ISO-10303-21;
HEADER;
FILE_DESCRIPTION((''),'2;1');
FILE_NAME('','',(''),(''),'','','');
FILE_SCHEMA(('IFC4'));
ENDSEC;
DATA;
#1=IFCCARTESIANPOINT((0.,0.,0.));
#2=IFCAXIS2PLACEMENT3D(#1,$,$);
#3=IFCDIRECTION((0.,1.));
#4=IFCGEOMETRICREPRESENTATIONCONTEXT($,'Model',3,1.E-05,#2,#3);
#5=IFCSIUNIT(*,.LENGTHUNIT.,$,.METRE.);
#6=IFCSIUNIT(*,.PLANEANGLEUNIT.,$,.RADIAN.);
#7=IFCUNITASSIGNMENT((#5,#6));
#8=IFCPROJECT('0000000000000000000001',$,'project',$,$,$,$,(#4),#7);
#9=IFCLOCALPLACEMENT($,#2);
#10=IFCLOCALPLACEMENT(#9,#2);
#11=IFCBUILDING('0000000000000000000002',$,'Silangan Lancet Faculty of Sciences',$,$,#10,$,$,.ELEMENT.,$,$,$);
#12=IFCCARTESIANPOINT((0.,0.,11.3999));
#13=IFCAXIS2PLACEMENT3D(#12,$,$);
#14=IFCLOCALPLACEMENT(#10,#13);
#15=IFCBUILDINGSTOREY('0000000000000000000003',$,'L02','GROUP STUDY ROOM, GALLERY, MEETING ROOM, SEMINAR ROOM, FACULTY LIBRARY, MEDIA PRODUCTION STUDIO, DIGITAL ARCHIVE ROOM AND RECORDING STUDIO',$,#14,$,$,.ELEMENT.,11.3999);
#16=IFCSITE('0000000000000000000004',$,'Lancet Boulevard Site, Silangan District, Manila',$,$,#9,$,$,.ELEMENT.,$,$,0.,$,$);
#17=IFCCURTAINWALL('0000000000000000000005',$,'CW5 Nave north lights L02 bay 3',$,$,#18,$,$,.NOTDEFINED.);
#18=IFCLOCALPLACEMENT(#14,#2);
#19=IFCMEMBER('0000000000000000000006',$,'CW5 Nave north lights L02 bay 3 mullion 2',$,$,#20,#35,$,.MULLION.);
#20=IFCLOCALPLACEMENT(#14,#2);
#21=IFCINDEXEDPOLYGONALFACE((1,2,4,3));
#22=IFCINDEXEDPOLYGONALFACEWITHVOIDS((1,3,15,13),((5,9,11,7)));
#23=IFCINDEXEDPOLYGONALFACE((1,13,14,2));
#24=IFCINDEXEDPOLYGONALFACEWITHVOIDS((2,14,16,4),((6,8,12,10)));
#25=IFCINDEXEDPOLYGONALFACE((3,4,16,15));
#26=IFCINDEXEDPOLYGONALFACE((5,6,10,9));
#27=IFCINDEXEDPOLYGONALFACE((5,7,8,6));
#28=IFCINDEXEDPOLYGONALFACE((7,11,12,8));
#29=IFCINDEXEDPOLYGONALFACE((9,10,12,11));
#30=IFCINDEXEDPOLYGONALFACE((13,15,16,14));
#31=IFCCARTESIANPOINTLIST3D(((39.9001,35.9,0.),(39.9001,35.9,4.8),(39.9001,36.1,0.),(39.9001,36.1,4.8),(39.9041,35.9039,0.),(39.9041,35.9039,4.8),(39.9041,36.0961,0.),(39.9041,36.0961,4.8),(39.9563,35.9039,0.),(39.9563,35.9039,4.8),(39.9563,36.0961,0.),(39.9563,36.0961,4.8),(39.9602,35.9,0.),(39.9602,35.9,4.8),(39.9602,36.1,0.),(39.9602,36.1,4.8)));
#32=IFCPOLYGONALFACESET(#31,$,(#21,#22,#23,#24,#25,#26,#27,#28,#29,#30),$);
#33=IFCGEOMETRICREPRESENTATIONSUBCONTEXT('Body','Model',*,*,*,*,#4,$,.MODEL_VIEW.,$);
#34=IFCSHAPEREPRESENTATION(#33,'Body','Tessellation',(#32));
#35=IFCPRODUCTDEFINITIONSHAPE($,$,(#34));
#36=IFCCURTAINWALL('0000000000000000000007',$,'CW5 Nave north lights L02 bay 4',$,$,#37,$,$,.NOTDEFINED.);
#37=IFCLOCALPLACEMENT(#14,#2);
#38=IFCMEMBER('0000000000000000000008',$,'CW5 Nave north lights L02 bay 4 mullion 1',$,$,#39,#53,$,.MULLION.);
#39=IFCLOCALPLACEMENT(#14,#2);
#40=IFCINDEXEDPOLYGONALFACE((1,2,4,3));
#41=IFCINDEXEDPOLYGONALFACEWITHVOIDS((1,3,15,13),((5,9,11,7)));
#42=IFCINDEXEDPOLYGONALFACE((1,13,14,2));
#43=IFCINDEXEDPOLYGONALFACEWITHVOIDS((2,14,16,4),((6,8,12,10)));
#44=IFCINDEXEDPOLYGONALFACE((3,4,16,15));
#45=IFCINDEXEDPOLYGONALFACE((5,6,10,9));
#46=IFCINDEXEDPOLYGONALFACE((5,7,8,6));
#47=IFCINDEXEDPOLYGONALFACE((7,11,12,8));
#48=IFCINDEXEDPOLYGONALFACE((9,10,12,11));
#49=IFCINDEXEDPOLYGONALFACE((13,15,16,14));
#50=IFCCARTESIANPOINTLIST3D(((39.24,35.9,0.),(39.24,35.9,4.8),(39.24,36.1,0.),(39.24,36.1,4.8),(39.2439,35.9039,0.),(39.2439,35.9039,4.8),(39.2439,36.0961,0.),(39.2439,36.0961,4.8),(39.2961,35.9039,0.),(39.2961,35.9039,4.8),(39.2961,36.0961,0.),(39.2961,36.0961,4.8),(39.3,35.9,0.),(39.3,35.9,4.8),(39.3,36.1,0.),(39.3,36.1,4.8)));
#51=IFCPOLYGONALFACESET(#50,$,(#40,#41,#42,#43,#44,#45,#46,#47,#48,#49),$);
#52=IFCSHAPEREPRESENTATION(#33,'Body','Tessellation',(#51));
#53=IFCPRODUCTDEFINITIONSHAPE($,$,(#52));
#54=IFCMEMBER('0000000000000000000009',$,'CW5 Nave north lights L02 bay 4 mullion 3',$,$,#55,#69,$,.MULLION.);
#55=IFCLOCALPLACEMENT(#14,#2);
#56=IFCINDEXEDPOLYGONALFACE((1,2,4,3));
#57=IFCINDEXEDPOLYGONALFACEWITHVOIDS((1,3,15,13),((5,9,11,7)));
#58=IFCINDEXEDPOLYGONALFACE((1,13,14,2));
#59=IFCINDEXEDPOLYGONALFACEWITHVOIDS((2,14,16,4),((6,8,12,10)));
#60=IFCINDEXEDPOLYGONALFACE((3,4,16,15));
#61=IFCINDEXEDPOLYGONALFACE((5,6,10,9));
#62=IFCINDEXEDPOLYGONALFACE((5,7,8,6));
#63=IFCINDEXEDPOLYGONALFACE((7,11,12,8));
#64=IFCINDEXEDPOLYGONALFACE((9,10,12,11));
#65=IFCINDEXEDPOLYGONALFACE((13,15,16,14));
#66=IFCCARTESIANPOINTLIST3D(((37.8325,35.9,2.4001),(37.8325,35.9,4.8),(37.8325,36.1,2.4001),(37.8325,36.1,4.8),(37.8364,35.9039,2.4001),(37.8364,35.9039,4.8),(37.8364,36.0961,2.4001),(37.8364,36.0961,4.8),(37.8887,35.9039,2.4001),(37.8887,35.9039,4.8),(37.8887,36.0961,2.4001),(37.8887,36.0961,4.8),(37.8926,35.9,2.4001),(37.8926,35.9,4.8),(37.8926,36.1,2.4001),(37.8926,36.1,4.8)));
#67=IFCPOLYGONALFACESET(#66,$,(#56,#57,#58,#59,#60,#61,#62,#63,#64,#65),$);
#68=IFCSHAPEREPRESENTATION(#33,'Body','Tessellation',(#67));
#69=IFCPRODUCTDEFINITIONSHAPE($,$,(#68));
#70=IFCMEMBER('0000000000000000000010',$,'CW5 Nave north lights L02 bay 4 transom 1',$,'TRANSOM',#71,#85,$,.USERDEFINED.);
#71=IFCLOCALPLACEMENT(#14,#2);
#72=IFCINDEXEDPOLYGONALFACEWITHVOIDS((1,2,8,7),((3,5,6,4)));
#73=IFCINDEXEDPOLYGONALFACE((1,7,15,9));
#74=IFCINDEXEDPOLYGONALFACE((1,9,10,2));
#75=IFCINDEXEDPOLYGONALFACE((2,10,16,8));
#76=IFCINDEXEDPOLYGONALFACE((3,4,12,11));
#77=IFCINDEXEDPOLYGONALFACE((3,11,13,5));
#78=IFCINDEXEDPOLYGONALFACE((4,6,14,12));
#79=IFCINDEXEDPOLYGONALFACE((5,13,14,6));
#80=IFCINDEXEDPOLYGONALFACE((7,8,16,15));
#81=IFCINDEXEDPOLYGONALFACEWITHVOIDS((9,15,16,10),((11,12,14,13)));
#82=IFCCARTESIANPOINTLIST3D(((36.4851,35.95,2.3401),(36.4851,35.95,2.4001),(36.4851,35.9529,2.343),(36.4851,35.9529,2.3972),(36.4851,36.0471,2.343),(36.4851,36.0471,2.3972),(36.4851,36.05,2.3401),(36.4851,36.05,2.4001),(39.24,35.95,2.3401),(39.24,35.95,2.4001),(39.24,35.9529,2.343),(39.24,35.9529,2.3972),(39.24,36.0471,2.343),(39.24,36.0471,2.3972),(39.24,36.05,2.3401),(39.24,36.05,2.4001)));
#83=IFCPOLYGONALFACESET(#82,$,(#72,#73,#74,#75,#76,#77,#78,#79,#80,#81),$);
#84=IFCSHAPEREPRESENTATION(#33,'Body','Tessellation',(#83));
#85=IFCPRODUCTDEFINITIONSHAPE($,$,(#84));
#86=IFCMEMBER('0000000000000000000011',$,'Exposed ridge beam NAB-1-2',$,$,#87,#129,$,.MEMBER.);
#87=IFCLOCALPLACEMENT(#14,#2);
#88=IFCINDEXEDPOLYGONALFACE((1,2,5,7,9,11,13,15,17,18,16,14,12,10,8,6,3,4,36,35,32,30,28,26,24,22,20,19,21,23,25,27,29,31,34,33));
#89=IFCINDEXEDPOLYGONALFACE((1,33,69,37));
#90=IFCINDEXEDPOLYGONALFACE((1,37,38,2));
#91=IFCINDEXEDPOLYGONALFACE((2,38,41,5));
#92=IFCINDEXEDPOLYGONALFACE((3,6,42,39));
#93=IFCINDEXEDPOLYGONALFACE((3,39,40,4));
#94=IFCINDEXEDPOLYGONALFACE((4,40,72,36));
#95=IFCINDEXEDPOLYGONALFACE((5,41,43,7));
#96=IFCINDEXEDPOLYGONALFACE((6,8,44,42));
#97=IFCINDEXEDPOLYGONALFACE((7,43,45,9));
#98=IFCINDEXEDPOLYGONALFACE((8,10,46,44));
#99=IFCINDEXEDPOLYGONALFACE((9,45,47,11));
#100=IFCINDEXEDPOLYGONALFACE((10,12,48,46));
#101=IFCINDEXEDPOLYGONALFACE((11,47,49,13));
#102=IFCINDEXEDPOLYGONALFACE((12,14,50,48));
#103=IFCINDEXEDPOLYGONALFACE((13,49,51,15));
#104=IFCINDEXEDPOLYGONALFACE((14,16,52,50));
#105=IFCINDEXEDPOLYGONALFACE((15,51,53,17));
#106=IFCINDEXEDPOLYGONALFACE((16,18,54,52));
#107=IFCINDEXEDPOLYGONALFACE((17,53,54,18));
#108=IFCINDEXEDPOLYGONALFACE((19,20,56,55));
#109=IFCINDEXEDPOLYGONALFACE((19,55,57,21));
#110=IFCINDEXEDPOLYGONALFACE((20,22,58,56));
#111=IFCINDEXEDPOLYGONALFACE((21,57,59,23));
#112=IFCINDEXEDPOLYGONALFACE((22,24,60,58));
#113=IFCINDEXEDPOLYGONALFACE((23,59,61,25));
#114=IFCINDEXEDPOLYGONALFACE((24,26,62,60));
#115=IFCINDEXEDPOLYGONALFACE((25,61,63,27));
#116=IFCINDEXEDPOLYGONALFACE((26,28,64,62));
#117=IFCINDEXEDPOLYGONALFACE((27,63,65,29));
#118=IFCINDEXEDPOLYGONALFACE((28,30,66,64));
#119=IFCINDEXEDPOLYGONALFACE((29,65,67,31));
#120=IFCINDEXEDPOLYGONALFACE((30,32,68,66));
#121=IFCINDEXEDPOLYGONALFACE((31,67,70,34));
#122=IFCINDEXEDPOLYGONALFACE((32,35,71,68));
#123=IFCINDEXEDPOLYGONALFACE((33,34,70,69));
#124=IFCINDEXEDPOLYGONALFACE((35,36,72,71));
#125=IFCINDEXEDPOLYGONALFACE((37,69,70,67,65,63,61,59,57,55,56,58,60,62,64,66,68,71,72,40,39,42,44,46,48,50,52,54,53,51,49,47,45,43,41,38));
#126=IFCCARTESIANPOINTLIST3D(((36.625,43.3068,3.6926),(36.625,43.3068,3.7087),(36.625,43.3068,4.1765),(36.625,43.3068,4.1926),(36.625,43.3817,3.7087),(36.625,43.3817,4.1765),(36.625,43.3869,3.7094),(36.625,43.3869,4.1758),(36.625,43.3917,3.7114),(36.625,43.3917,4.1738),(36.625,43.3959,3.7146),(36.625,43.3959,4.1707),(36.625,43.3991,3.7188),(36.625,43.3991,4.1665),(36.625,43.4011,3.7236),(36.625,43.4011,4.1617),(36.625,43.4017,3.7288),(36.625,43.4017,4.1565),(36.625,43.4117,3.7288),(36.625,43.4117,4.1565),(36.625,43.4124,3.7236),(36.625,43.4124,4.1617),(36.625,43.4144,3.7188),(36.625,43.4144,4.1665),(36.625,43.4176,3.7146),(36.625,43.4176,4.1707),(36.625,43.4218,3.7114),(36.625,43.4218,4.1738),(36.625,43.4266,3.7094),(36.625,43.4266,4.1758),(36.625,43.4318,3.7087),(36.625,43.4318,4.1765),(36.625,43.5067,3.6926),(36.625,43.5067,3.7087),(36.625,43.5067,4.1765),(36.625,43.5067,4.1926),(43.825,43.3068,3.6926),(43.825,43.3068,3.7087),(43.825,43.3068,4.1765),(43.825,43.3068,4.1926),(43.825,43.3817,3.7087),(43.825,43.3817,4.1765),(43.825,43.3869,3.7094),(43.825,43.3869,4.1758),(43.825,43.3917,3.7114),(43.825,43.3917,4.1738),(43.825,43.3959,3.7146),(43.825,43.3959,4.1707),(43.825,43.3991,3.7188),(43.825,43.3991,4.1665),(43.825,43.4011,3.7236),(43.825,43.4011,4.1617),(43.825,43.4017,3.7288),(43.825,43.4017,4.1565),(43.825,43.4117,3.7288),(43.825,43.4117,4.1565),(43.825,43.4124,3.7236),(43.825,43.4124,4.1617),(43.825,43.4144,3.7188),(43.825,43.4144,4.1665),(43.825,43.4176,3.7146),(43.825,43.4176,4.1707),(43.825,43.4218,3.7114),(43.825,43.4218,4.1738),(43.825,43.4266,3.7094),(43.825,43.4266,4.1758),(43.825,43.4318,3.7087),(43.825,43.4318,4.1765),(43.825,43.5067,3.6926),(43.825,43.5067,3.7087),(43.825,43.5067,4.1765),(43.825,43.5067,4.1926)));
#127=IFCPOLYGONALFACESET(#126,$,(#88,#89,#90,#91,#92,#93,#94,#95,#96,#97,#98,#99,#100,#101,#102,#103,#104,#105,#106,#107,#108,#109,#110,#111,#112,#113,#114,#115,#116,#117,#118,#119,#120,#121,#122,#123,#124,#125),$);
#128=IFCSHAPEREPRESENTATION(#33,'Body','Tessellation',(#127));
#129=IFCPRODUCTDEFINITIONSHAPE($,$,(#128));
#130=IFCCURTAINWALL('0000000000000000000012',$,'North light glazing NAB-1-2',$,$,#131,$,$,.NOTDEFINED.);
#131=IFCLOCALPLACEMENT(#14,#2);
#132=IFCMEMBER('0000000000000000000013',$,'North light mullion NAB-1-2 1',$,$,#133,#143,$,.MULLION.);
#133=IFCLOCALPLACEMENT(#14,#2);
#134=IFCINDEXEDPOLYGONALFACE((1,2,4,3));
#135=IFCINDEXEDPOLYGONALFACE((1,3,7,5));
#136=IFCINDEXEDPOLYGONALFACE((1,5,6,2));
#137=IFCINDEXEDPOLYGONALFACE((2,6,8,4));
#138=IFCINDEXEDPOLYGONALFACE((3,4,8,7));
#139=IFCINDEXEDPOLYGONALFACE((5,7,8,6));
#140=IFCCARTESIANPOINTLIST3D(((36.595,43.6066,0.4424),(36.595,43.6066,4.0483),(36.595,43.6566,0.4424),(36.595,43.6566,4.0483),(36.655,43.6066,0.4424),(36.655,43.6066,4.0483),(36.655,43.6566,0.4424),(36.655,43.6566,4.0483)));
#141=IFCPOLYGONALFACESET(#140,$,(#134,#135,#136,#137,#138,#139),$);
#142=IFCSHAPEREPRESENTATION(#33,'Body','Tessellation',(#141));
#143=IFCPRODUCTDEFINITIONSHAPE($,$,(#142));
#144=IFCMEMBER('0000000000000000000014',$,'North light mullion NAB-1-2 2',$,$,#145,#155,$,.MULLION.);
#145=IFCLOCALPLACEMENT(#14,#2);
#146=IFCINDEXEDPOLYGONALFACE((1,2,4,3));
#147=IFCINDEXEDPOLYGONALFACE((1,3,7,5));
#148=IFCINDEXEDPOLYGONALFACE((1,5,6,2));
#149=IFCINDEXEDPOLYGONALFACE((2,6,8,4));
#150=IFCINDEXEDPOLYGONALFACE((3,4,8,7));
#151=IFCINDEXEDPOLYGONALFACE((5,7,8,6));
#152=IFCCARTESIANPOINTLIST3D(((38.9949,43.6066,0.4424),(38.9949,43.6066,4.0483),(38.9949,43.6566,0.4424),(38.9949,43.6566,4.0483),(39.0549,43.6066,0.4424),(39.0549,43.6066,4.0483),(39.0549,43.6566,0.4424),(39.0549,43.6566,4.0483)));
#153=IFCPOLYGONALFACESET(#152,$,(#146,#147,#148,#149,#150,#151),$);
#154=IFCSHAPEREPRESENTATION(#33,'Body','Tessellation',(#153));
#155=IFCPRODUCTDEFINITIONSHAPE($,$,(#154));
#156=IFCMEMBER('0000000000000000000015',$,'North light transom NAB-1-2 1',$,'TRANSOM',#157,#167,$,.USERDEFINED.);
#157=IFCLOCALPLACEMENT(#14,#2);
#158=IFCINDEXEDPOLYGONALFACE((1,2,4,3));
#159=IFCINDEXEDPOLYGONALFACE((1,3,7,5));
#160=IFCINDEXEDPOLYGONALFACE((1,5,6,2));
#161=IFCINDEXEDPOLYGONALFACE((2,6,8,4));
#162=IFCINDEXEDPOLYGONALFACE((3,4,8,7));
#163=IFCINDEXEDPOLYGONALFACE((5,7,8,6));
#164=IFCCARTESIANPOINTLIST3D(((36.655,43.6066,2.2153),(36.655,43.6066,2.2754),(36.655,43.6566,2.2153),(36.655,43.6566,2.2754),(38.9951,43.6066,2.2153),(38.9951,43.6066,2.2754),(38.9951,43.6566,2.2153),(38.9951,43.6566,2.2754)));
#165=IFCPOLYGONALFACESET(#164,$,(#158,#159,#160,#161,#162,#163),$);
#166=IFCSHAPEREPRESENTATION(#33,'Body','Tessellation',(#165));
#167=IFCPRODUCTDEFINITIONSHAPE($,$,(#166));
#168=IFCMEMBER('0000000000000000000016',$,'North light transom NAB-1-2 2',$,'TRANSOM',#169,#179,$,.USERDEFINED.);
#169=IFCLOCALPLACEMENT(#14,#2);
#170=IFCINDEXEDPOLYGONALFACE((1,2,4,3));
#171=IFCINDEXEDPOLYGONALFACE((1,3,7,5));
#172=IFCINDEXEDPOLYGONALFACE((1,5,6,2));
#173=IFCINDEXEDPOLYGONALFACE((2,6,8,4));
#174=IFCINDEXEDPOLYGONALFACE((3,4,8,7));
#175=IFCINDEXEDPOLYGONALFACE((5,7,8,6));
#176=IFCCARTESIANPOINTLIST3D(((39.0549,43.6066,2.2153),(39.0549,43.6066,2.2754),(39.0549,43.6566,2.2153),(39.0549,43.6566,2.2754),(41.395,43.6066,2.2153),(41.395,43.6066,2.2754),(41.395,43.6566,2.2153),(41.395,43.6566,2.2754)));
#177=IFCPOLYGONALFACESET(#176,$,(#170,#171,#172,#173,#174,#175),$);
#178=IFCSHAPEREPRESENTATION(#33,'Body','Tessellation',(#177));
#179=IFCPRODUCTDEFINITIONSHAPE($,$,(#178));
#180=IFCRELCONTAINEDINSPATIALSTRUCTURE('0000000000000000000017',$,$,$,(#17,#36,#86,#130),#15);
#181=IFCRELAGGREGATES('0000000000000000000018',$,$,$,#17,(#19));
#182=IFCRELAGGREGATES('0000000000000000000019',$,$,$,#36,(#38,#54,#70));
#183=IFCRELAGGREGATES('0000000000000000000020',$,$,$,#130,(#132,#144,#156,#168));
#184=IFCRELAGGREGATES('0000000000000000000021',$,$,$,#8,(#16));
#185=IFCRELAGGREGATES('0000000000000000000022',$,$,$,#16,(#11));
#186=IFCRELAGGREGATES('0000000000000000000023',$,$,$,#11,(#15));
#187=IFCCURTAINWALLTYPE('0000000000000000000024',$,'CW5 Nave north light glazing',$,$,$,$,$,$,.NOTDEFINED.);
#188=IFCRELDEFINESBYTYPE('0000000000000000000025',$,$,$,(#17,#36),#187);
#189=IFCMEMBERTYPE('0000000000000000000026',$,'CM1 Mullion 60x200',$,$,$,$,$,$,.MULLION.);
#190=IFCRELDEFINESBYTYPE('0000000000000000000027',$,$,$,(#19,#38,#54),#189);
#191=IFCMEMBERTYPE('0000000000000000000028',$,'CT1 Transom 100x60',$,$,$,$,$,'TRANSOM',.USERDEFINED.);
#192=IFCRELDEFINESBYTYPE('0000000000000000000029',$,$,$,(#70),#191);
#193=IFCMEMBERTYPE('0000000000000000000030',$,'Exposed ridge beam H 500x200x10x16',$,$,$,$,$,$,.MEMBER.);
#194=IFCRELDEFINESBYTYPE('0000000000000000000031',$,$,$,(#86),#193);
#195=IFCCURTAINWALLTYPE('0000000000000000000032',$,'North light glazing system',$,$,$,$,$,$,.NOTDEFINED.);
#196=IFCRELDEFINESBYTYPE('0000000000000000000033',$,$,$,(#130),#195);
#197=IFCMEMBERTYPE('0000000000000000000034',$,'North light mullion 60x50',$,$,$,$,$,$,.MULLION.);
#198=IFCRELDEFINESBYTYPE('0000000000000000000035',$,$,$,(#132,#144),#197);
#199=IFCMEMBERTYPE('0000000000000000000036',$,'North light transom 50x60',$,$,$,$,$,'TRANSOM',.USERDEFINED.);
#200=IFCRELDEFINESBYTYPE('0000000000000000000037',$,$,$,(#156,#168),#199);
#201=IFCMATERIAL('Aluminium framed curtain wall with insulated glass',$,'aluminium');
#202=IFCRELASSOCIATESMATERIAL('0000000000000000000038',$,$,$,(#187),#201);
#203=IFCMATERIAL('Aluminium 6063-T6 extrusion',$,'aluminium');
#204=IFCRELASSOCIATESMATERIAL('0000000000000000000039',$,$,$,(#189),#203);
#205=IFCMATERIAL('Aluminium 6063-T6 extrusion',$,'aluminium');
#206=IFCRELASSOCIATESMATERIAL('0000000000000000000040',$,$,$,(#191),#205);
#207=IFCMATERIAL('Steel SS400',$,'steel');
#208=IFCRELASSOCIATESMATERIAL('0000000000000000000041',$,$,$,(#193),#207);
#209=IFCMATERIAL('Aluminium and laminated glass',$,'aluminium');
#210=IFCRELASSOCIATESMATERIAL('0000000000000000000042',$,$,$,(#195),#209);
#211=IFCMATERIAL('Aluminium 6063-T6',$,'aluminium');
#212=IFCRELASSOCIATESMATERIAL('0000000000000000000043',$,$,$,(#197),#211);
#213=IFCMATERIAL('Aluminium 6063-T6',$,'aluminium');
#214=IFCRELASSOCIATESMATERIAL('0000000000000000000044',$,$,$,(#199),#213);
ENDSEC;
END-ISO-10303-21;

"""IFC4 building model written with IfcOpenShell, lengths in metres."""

from ifc_helpers import new_model, si_unit, direction, frame, origin, origin_2d, place, context, subcontext, project, spatial, rectangle, hollow_rectangle, i_section, extrude, material, material_profile, profile_set, type_object, element, aggregate, save


model = new_model("IFC4")

# Units and contexts
model_context = context("Model", 3, precision=1e-05, world=origin(), true_north=direction((0.0, 1.0)))
body_context = subcontext(model_context, "Body", "Model", "MODEL_VIEW")
ifc_project = project(units=[si_unit("LENGTHUNIT", "METRE"), si_unit("PLANEANGLEUNIT", "RADIAN")], contexts=[model_context])

# Site, building, storey
site_placement = place(None, origin())
site = spatial("IfcSite", under=ifc_project, at=site_placement, Name="Lancet Boulevard Site, Silangan District, Manila", CompositionType="ELEMENT", RefElevation=0.0)
building_placement = place(site_placement, origin())
building = spatial("IfcBuilding", under=site, at=building_placement, Name="Silangan Lancet Faculty of Sciences", CompositionType="ELEMENT")
storey_placement = place(building_placement, frame((0.0, 0.0, 11.3999)))
storey = spatial("IfcBuildingStorey", under=building, at=storey_placement, Name="L02", Description="GROUP STUDY ROOM, GALLERY, MEETING ROOM, SEMINAR ROOM, FACULTY LIBRARY, MEDIA PRODUCTION STUDIO, DIGITAL ARCHIVE ROOM AND RECORDING STUDIO", CompositionType="ELEMENT", Elevation=11.3999)

# Curtain wall, member
ifc_material_1 = material(Name="Aluminium framed curtain wall with insulated glass", Category="aluminium")
curtain_wall_type_1 = type_object("IfcCurtainWallType", Name="CW5 Nave north light glazing", PredefinedType="NOTDEFINED", material=ifc_material_1)
curtain_wall_1_placement = place(storey_placement, origin())
curtain_wall_1 = element("IfcCurtainWall", 1, at=curtain_wall_1_placement, inside=storey, type_object=curtain_wall_type_1, Name="CW5 Nave north lights L02 bay 3", PredefinedType="NOTDEFINED")
ifc_material_2 = material(Name="Aluminium 6063-T6 extrusion", Category="aluminium")
ifc_material_profile_1 = material_profile(ifc_material_2, hollow_rectangle(XDim=0.0601, YDim=0.2, WallThickness=0.0039, at=origin_2d()), Name="AL BOX 60x200x4")
ifc_profile_set_1 = profile_set([ifc_material_profile_1], Name="Aluminium 6063-T6 extrusion")
member_type_1 = type_object("IfcMemberType", Name="CM1 Mullion 60x200", PredefinedType="MULLION", material=ifc_profile_set_1)
member_1_placement = place(storey_placement, frame((39.9302, 36.0, 0.0), z_axis=(0.0, 0.0, 1.0), x_axis=(-1.0, 0.0, 0.0)))
member_1 = element("IfcMember", 2, at=member_1_placement, type_object=member_type_1, Name="CW5 Nave north lights L02 bay 3 mullion 2", PredefinedType="MULLION", context=body_context, shape_type="SweptSolid", body=[
    extrude(hollow_rectangle(XDim=0.0601, YDim=0.2, WallThickness=0.0039, at=origin_2d()), origin(), (0.0, 0.0, 1.0), 4.8),
])

# Curtain wall, members
curtain_wall_2_placement = place(storey_placement, origin())
curtain_wall_2 = element("IfcCurtainWall", 3, at=curtain_wall_2_placement, inside=storey, type_object=curtain_wall_type_1, Name="CW5 Nave north lights L02 bay 4", PredefinedType="NOTDEFINED")
member_2_placement = place(storey_placement, frame((39.27, 36.0, 0.0), z_axis=(0.0, 0.0, 1.0), x_axis=(-1.0, 0.0, 0.0)))
member_2 = element("IfcMember", 4, at=member_2_placement, type_object=member_type_1, Name="CW5 Nave north lights L02 bay 4 mullion 1", PredefinedType="MULLION", context=body_context, shape_type="SweptSolid", body=[
    extrude(hollow_rectangle(XDim=0.0601, YDim=0.2, WallThickness=0.0039, at=origin_2d()), origin(), (0.0, 0.0, 1.0), 4.8),
])
member_3_placement = place(storey_placement, frame((37.8625, 36.0, 2.4001), z_axis=(0.0, 0.0, 1.0), x_axis=(-1.0, 0.0, 0.0)))
member_3 = element("IfcMember", 5, at=member_3_placement, type_object=member_type_1, Name="CW5 Nave north lights L02 bay 4 mullion 3", PredefinedType="MULLION", context=body_context, shape_type="SweptSolid", body=[
    extrude(hollow_rectangle(XDim=0.0601, YDim=0.2, WallThickness=0.0039, at=origin_2d()), origin(), (0.0, 0.0, 1.0), 2.3999),
])
ifc_material_3 = material(Name="Aluminium 6063-T6 extrusion", Category="aluminium")
ifc_material_profile_2 = material_profile(ifc_material_3, hollow_rectangle(XDim=0.1001, YDim=0.0601, WallThickness=0.0029, at=origin_2d()), Name="AL BOX 100x60x3")
ifc_profile_set_2 = profile_set([ifc_material_profile_2], Name="Aluminium 6063-T6 extrusion")
member_type_2 = type_object("IfcMemberType", Name="CT1 Transom 100x60", ElementType="TRANSOM", PredefinedType="USERDEFINED", material=ifc_profile_set_2)
member_4_placement = place(storey_placement, frame((39.24, 36.0, 2.3701), z_axis=(-1.0, 0.0, 0.0), x_axis=(0.0, -1.0, 0.0)))
member_4 = element("IfcMember", 6, at=member_4_placement, type_object=member_type_2, Name="CW5 Nave north lights L02 bay 4 transom 1", ObjectType="TRANSOM", PredefinedType="USERDEFINED", context=body_context, shape_type="SweptSolid", body=[
    extrude(hollow_rectangle(XDim=0.1001, YDim=0.0601, WallThickness=0.0029, at=origin_2d()), origin(), (0.0, 0.0, 1.0), 2.7549),
])

# Member
ifc_material_4 = material(Name="Steel SS400", Category="steel")
ifc_material_profile_3 = material_profile(ifc_material_4, i_section(OverallWidth=0.2, OverallDepth=0.5, WebThickness=0.01, FlangeThickness=0.0161, FilletRadius=0.02, at=origin_2d()), Name="H 500x200x10x16")
ifc_profile_set_3 = profile_set([ifc_material_profile_3], Name="Steel SS400")
member_type_3 = type_object("IfcMemberType", Name="Exposed ridge beam H 500x200x10x16", PredefinedType="MEMBER", material=ifc_profile_set_3)
member_5_placement = place(storey_placement, frame((36.625, 43.4067, 3.9426), z_axis=(1.0, 0.0, 0.0), x_axis=(0.0, 1.0, 0.0)))
element("IfcMember", 7, at=member_5_placement, inside=storey, type_object=member_type_3, Name="Exposed ridge beam NAB-1-2", PredefinedType="MEMBER", context=body_context, shape_type="SweptSolid", body=[
    extrude(i_section(OverallWidth=0.2, OverallDepth=0.5, WebThickness=0.01, FlangeThickness=0.0161, FilletRadius=0.02, at=origin_2d()), origin(), (0.0, 0.0, 1.0), 7.2),
])

# Curtain wall, members
ifc_material_5 = material(Name="Aluminium and laminated glass", Category="aluminium")
curtain_wall_type_2 = type_object("IfcCurtainWallType", Name="North light glazing system", PredefinedType="NOTDEFINED", material=ifc_material_5)
curtain_wall_3_placement = place(storey_placement, origin())
curtain_wall_3 = element("IfcCurtainWall", 8, at=curtain_wall_3_placement, inside=storey, type_object=curtain_wall_type_2, Name="North light glazing NAB-1-2", PredefinedType="NOTDEFINED")
ifc_material_6 = material(Name="Aluminium 6063-T6", Category="aluminium")
ifc_material_profile_4 = material_profile(ifc_material_6, rectangle(XDim=0.0601, YDim=0.05, at=origin_2d()), Name="AL 60x50")
ifc_profile_set_4 = profile_set([ifc_material_profile_4], Name="Aluminium 6063-T6")
member_type_4 = type_object("IfcMemberType", Name="North light mullion 60x50", PredefinedType="MULLION", material=ifc_profile_set_4)
member_6_placement = place(storey_placement, frame((36.625, 43.6316, 0.4424), z_axis=(0.0, 0.0, 1.0), x_axis=(1.0, 0.0, 0.0)))
member_6 = element("IfcMember", 9, at=member_6_placement, type_object=member_type_4, Name="North light mullion NAB-1-2 1", PredefinedType="MULLION", context=body_context, shape_type="SweptSolid", body=[
    extrude(rectangle(XDim=0.0601, YDim=0.05, at=origin_2d()), origin(), (0.0, 0.0, 1.0), 3.606),
])
member_7_placement = place(storey_placement, frame((39.0249, 43.6316, 0.4424), z_axis=(0.0, 0.0, 1.0), x_axis=(1.0, 0.0, 0.0)))
member_7 = element("IfcMember", 10, at=member_7_placement, type_object=member_type_4, Name="North light mullion NAB-1-2 2", PredefinedType="MULLION", context=body_context, shape_type="SweptSolid", body=[
    extrude(rectangle(XDim=0.0601, YDim=0.05, at=origin_2d()), origin(), (0.0, 0.0, 1.0), 3.606),
])
ifc_material_7 = material(Name="Aluminium 6063-T6", Category="aluminium")
ifc_material_profile_5 = material_profile(ifc_material_7, rectangle(XDim=0.05, YDim=0.0601, at=origin_2d()), Name="AL 50x60")
ifc_profile_set_5 = profile_set([ifc_material_profile_5], Name="Aluminium 6063-T6")
member_type_5 = type_object("IfcMemberType", Name="North light transom 50x60", ElementType="TRANSOM", PredefinedType="USERDEFINED", material=ifc_profile_set_5)
member_8_placement = place(storey_placement, frame((36.655, 43.6316, 2.2454), z_axis=(1.0, 0.0, 0.0), x_axis=(0.0, 1.0, 0.0)))
member_8 = element("IfcMember", 11, at=member_8_placement, type_object=member_type_5, Name="North light transom NAB-1-2 1", ObjectType="TRANSOM", PredefinedType="USERDEFINED", context=body_context, shape_type="SweptSolid", body=[
    extrude(rectangle(XDim=0.05, YDim=0.0601, at=origin_2d()), origin(), (0.0, 0.0, 1.0), 2.3401),
])
member_9_placement = place(storey_placement, frame((39.0549, 43.6316, 2.2454), z_axis=(1.0, 0.0, 0.0), x_axis=(0.0, 1.0, 0.0)))
member_9 = element("IfcMember", 12, at=member_9_placement, type_object=member_type_5, Name="North light transom NAB-1-2 2", ObjectType="TRANSOM", PredefinedType="USERDEFINED", context=body_context, shape_type="SweptSolid", body=[
    extrude(rectangle(XDim=0.05, YDim=0.0601, at=origin_2d()), origin(), (0.0, 0.0, 1.0), 2.3401),
])

aggregate(curtain_wall_1, [member_1])
aggregate(curtain_wall_2, [member_2, member_3, member_4])
aggregate(curtain_wall_3, [member_6, member_7, member_8, member_9])

save(model, "model.ifc")
